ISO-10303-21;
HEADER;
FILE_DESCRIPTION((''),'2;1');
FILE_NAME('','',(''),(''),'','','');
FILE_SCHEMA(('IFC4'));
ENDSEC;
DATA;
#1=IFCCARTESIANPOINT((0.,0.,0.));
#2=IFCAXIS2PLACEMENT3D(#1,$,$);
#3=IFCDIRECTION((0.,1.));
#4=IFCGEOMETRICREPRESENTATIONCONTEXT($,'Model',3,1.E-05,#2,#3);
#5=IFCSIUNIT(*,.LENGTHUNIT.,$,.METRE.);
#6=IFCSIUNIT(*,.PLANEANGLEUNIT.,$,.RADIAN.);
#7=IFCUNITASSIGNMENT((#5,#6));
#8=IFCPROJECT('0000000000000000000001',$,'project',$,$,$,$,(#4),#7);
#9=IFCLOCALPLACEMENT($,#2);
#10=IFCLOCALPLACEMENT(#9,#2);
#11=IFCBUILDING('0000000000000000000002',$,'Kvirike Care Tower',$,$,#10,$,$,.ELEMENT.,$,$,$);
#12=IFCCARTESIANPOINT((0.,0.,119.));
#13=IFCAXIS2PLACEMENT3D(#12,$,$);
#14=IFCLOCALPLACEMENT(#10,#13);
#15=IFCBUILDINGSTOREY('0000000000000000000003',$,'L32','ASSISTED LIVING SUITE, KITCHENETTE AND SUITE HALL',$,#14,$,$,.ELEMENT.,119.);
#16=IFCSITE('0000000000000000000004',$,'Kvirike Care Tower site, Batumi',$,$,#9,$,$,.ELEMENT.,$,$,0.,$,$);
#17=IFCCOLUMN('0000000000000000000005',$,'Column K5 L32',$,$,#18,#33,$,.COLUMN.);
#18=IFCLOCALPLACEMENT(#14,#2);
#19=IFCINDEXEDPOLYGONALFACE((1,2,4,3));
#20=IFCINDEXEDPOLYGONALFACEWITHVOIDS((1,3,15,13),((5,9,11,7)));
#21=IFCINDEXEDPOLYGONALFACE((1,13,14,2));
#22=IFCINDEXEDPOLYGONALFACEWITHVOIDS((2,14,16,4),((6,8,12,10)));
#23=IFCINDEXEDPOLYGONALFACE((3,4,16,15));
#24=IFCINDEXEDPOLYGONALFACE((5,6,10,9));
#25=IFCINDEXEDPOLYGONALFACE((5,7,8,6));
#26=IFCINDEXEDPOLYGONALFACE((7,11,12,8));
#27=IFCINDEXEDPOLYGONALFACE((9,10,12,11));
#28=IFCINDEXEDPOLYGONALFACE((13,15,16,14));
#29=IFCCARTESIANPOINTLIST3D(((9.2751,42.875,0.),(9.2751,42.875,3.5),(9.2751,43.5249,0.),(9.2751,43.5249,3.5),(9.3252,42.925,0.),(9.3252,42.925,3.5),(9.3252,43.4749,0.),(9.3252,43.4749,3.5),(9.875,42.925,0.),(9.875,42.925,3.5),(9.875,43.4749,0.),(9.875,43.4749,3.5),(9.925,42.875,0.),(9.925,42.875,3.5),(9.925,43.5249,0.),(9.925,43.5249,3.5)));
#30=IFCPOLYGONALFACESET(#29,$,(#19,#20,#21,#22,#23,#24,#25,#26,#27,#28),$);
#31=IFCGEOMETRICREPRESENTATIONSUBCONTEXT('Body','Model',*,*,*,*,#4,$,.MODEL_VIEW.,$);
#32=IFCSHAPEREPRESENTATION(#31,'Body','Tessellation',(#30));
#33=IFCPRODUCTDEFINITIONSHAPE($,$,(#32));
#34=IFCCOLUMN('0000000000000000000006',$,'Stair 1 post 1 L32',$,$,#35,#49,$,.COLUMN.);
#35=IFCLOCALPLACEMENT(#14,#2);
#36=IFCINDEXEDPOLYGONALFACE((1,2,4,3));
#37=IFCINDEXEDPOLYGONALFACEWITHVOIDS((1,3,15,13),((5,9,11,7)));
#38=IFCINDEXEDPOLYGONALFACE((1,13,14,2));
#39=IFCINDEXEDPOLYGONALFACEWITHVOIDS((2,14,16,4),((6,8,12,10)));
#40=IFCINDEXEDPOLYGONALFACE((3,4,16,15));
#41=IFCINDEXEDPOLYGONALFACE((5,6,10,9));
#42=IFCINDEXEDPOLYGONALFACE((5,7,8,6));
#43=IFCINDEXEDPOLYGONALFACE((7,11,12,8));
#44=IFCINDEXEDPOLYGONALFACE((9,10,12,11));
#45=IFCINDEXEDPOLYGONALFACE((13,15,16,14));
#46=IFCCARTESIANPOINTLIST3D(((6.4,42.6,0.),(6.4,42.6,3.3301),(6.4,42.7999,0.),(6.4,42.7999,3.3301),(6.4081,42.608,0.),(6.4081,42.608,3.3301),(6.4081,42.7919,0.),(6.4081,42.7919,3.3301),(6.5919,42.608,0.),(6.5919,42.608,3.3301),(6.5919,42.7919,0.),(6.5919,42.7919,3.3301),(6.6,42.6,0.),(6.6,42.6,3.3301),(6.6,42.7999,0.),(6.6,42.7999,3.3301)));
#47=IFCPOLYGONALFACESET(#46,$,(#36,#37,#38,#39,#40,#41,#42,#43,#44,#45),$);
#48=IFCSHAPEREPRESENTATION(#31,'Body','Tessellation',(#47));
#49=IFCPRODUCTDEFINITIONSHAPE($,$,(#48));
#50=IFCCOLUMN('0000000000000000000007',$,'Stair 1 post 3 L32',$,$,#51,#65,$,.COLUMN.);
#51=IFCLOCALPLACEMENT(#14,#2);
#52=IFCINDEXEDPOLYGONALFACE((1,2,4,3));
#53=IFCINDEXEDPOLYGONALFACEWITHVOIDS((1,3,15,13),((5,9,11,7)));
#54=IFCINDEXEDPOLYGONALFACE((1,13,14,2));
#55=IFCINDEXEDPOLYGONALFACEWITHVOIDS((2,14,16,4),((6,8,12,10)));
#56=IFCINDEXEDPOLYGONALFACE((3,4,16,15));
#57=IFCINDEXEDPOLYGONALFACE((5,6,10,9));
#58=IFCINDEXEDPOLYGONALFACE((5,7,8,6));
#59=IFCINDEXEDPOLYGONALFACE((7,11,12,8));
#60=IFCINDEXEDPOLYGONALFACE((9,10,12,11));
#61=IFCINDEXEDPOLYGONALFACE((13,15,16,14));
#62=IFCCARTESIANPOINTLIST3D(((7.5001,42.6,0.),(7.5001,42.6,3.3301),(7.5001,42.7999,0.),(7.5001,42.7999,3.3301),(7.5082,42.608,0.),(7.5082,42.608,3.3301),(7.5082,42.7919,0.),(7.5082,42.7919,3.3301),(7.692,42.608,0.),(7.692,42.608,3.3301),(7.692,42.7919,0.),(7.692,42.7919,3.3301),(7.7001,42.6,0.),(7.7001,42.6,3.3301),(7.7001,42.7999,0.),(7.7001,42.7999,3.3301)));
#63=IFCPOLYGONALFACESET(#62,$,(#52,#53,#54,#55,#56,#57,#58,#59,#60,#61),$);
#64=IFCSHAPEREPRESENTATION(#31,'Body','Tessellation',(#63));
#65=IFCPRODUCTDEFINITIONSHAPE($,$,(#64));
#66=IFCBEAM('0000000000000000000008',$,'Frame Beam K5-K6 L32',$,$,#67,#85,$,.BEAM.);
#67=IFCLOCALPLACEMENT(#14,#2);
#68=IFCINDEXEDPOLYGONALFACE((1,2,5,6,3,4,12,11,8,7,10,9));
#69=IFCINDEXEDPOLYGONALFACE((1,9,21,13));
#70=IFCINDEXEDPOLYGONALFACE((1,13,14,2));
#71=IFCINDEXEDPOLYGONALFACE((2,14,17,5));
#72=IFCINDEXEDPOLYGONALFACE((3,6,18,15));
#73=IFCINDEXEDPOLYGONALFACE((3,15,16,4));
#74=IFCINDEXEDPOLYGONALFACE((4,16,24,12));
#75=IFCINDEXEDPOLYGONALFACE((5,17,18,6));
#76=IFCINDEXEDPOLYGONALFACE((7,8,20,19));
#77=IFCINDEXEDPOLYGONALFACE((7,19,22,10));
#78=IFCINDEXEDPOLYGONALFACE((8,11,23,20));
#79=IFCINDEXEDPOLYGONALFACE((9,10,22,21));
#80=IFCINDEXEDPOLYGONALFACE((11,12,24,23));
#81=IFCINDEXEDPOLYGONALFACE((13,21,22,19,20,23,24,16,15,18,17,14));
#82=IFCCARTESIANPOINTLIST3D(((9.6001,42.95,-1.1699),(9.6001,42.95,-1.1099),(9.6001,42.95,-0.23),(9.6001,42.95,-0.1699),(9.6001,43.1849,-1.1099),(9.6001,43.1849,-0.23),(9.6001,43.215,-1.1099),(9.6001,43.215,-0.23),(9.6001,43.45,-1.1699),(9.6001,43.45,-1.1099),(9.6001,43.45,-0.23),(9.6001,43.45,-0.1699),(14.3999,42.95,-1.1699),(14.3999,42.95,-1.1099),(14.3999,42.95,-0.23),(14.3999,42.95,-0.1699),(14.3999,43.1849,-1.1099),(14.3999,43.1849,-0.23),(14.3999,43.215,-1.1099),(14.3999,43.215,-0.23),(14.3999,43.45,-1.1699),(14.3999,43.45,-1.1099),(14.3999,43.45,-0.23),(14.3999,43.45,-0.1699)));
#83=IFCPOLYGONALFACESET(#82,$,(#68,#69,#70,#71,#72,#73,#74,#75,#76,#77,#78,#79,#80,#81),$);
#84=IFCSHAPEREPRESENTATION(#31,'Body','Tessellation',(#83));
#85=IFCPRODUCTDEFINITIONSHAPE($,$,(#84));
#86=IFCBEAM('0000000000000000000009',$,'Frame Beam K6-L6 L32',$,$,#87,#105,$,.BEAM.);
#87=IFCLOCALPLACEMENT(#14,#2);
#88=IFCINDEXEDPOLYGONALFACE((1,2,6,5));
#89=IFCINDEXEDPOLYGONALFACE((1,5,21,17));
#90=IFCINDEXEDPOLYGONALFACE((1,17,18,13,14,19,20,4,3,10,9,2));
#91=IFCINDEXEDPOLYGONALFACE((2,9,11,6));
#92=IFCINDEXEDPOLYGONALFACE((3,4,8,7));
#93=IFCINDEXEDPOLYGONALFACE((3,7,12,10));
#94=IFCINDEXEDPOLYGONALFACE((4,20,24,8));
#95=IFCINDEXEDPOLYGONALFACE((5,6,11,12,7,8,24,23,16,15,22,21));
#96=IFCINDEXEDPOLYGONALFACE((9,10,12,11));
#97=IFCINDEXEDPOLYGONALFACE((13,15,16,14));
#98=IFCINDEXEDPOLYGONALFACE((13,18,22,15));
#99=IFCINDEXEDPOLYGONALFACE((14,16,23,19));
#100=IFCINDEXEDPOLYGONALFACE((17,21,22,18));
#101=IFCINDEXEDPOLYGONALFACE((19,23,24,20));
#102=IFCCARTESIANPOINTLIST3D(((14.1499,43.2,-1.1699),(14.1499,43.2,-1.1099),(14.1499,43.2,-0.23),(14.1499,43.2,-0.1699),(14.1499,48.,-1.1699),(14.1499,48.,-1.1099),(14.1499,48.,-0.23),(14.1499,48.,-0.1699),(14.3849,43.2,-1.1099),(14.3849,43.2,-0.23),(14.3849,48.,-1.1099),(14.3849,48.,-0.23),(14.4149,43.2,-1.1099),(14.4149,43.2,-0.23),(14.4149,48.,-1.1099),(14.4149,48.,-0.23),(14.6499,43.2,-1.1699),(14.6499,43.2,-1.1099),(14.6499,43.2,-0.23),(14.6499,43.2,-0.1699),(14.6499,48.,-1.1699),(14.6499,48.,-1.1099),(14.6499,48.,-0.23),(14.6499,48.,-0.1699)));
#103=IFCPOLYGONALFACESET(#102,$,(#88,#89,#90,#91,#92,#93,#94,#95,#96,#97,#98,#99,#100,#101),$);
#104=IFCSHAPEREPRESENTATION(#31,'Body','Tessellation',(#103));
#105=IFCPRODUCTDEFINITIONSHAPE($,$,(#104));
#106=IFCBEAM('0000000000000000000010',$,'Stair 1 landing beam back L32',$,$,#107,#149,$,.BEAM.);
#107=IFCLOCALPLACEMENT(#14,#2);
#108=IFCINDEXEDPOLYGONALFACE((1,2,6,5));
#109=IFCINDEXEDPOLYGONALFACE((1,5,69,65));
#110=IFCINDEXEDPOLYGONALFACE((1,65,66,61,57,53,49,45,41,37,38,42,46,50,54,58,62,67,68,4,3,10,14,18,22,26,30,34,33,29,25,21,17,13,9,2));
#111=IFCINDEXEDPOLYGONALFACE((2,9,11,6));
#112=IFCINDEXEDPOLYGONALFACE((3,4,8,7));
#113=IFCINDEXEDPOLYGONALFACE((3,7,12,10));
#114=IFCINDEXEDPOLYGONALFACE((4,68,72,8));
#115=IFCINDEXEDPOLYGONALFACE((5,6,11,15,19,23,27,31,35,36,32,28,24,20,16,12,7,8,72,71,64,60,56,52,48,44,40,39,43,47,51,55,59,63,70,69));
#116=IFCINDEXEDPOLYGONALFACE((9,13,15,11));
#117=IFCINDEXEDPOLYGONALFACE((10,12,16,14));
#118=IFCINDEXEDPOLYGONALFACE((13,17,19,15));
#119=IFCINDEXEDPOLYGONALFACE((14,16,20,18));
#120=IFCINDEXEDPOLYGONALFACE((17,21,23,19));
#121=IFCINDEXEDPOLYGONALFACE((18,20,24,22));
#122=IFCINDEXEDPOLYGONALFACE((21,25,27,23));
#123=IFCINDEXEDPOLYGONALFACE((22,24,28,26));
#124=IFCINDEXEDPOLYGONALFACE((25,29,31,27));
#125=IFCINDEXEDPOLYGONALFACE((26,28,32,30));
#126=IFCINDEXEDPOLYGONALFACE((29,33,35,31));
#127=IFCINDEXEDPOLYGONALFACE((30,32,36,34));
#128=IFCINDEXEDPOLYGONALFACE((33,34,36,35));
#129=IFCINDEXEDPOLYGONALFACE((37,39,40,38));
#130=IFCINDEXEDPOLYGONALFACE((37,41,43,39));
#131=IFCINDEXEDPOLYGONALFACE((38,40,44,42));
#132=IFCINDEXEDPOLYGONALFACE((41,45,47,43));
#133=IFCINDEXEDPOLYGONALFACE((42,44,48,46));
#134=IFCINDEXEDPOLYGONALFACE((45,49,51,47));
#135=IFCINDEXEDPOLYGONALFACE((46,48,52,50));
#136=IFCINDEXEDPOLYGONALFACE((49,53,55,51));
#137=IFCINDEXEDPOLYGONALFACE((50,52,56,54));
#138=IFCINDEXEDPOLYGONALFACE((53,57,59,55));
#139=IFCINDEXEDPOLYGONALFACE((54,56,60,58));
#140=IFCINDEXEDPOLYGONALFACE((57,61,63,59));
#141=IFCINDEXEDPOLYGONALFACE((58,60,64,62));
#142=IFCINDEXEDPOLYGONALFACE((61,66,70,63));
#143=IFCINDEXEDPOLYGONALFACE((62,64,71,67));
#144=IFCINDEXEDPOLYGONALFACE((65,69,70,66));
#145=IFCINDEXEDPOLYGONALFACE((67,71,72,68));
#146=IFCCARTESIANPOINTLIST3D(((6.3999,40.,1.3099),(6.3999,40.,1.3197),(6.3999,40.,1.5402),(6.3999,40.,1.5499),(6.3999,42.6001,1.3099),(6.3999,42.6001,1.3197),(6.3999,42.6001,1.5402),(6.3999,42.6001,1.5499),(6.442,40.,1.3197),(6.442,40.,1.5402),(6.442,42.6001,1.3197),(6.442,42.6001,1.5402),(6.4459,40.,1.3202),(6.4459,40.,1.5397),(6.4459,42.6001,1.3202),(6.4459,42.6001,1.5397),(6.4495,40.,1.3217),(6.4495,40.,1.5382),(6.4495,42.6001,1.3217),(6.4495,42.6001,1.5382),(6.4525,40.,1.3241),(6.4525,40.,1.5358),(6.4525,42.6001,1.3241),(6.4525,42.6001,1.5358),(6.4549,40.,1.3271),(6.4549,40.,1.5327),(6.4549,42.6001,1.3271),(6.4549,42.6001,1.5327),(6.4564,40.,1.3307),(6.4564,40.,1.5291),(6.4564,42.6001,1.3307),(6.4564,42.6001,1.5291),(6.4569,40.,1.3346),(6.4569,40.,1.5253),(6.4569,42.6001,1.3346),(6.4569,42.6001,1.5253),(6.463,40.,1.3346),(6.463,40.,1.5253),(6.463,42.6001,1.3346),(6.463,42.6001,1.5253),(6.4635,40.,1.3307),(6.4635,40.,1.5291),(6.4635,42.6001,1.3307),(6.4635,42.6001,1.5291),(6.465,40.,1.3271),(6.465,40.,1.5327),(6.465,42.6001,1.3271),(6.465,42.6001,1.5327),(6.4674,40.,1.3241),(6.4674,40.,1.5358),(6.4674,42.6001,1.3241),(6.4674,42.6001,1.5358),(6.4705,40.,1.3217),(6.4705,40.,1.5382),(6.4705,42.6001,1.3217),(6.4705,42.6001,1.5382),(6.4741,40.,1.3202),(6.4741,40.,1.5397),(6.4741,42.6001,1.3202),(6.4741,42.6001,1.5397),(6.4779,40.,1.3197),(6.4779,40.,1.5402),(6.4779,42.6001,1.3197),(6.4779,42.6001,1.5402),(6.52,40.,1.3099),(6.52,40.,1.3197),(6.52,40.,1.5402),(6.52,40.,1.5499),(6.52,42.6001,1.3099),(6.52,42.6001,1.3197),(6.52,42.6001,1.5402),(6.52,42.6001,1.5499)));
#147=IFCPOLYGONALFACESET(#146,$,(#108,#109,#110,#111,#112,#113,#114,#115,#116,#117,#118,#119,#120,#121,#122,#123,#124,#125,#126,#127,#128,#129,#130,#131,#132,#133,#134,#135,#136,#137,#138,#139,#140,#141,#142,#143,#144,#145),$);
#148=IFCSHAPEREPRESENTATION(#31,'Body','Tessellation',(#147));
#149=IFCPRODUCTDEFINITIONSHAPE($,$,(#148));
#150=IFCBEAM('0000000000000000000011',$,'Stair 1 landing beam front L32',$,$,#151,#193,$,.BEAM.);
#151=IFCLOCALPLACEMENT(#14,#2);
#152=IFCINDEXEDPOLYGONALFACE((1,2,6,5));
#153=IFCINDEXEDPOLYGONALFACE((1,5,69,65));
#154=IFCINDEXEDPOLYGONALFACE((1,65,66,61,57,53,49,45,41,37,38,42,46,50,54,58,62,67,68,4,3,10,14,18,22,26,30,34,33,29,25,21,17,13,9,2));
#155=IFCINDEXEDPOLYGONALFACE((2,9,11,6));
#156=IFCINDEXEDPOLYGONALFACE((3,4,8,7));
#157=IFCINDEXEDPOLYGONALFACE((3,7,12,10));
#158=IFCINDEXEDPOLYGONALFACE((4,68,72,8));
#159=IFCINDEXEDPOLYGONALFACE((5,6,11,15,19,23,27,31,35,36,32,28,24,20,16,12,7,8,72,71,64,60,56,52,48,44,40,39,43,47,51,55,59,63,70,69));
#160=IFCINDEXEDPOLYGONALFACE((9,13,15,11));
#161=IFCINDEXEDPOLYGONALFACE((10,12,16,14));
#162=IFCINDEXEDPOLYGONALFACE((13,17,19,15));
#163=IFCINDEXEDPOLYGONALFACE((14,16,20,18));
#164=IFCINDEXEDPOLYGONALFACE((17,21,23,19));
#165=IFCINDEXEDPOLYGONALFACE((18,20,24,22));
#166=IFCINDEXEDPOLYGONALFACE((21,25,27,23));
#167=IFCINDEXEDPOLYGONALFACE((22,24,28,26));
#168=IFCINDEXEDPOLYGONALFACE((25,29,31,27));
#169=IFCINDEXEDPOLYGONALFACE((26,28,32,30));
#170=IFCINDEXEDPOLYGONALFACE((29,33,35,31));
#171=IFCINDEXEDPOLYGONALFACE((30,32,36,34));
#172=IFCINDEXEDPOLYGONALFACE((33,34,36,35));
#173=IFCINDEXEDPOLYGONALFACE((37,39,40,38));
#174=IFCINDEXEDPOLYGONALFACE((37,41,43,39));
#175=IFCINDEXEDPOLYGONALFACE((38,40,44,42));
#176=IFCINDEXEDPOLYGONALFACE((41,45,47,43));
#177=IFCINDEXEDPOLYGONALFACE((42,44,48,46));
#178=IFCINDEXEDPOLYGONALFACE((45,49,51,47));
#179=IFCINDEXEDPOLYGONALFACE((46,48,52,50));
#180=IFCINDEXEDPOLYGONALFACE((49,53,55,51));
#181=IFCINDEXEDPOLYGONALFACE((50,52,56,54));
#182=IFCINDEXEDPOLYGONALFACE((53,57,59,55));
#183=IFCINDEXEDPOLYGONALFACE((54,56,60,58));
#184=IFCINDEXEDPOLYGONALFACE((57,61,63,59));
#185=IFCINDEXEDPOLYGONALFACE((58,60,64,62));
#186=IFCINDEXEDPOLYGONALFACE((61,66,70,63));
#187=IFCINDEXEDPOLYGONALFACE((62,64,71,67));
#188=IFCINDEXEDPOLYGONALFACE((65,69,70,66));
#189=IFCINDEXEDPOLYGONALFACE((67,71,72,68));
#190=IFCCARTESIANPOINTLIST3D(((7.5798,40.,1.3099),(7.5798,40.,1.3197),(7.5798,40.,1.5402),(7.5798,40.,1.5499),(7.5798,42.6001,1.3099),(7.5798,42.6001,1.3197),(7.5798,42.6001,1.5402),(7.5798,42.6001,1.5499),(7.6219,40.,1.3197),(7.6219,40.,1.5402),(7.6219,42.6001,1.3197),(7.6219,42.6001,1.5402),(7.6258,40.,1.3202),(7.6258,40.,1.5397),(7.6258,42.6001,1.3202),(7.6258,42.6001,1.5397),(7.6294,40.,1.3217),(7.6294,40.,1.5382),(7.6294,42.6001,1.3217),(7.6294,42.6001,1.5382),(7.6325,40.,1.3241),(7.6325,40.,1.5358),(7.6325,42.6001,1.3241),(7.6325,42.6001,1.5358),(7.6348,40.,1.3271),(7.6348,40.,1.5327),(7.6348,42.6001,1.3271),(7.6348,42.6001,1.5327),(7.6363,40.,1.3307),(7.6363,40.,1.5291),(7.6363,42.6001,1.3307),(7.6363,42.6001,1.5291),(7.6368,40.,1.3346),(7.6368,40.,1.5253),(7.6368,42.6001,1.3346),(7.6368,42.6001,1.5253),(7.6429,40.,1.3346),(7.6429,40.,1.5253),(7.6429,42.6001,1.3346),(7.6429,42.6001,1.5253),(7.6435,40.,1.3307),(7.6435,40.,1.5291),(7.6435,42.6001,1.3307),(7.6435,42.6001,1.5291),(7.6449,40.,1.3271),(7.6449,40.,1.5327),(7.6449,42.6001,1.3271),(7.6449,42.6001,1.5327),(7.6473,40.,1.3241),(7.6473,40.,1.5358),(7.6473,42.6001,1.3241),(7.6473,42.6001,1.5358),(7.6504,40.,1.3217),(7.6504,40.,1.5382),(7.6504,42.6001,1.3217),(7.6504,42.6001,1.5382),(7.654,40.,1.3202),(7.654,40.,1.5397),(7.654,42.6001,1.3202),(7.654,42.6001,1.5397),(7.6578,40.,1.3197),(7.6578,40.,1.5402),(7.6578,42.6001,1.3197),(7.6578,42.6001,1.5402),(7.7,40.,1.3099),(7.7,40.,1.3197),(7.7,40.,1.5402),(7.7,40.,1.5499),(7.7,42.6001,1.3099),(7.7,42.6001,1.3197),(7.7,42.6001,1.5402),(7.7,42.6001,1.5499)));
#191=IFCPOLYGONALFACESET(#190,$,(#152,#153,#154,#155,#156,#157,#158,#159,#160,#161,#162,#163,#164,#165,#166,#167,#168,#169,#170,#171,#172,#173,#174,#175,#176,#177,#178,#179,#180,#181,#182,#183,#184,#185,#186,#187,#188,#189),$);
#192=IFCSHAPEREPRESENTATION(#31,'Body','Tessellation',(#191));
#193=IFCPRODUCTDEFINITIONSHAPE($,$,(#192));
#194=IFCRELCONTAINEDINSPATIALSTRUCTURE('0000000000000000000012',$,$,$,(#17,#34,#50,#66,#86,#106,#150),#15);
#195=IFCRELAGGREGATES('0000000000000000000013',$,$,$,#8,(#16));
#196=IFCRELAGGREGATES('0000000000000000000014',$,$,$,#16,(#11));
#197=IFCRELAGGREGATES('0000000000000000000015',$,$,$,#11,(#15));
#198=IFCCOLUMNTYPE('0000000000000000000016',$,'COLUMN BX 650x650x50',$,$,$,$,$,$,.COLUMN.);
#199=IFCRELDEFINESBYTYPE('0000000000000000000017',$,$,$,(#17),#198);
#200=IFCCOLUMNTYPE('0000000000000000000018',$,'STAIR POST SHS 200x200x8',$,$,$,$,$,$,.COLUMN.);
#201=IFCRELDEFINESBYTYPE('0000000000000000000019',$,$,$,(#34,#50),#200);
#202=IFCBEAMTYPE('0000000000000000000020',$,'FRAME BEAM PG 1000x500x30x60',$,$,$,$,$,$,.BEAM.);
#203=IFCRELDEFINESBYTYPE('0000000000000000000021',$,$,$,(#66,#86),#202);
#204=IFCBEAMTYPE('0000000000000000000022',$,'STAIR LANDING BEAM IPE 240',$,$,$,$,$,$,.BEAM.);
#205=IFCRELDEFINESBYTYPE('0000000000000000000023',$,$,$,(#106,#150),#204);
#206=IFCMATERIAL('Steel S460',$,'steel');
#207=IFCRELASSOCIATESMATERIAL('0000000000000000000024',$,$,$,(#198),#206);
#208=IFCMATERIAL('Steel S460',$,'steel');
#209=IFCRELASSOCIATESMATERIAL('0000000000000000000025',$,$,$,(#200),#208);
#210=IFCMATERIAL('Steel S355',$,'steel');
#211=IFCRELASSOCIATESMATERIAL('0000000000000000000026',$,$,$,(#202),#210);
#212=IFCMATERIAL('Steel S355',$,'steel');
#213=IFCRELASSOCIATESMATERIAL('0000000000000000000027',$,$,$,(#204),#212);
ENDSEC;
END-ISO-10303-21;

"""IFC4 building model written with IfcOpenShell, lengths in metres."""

from ifc_helpers import new_model, si_unit, direction, frame, origin, origin_2d, place, context, subcontext, project, spatial, hollow_rectangle, i_section, extrude, material, material_profile, profile_set, type_object, element, save


model = new_model("IFC4")

# Units and contexts
model_context = context("Model", 3, precision=1e-05, world=origin(), true_north=direction((0.0, 1.0)))
body_context = subcontext(model_context, "Body", "Model", "MODEL_VIEW")
ifc_project = project(units=[si_unit("LENGTHUNIT", "METRE"), si_unit("PLANEANGLEUNIT", "RADIAN")], contexts=[model_context])

# Site, building, storey
site_placement = place(None, origin())
site = spatial("IfcSite", under=ifc_project, at=site_placement, Name="Kvirike Care Tower site, Batumi", CompositionType="ELEMENT", RefElevation=0.0)
building_placement = place(site_placement, origin())
building = spatial("IfcBuilding", under=site, at=building_placement, Name="Kvirike Care Tower", CompositionType="ELEMENT")
storey_placement = place(building_placement, frame((0.0, 0.0, 119.0)))
storey = spatial("IfcBuildingStorey", under=building, at=storey_placement, Name="L32", Description="ASSISTED LIVING SUITE, KITCHENETTE AND SUITE HALL", CompositionType="ELEMENT", Elevation=119.0)

# Columns
ifc_material_1 = material(Name="Steel S460", Category="steel")
ifc_material_profile_1 = material_profile(ifc_material_1, hollow_rectangle(XDim=0.6499, YDim=0.6499, WallThickness=0.05, at=origin_2d()), Name="BX 650x650x50")
ifc_profile_set_1 = profile_set([ifc_material_profile_1], Name="Steel S460")
column_type_1 = type_object("IfcColumnType", Name="COLUMN BX 650x650x50", PredefinedType="COLUMN", material=ifc_profile_set_1)
column_placement = place(storey_placement, frame((9.6001, 43.2, 0.0), z_axis=(0.0, 0.0, 1.0), x_axis=(0.0, 1.0, 0.0)))
element("IfcColumn", 1, at=column_placement, inside=storey, type_object=column_type_1, Name="Column K5 L32", PredefinedType="COLUMN", context=body_context, shape_type="SweptSolid", body=[
    extrude(hollow_rectangle(XDim=0.6499, YDim=0.6499, WallThickness=0.05, at=origin_2d()), origin(), (0.0, 0.0, 1.0), 3.5),
])
ifc_material_2 = material(Name="Steel S460", Category="steel")
ifc_material_profile_2 = material_profile(ifc_material_2, hollow_rectangle(XDim=0.2, YDim=0.2, WallThickness=0.0081, at=origin_2d()), Name="SHS 200x200x8")
ifc_profile_set_2 = profile_set([ifc_material_profile_2], Name="Steel S460")
column_type_2 = type_object("IfcColumnType", Name="STAIR POST SHS 200x200x8", PredefinedType="COLUMN", material=ifc_profile_set_2)
for number, where, z_axis, x_axis, name in (
    (2, (6.5, 42.7, 0.0), (0.0, 0.0, 1.0), (1.0, 0.0, 0.0), "Stair 1 post 1 L32"),
    (3, (7.6001, 42.7, 0.0), (0.0, 0.0, 1.0), (1.0, 0.0, 0.0), "Stair 1 post 3 L32"),
):
    element("IfcColumn", number, at=place(storey_placement, frame(where, z_axis=z_axis, x_axis=x_axis)), inside=storey, type_object=column_type_2, Name=name, PredefinedType="COLUMN", context=body_context, shape_type="SweptSolid", body=[
        extrude(hollow_rectangle(XDim=0.2, YDim=0.2, WallThickness=0.0081, at=origin_2d()), origin(), (0.0, 0.0, 1.0), 3.3301),
    ])

# Beams
ifc_material_3 = material(Name="Steel S355", Category="steel")
ifc_material_profile_3 = material_profile(ifc_material_3, i_section(OverallWidth=0.5, OverallDepth=1.0, WebThickness=0.03, FlangeThickness=0.0601, at=origin_2d()), Name="PG 1000x500x30x60")
ifc_profile_set_3 = profile_set([ifc_material_profile_3], Name="Steel S355")
beam_type_1 = type_object("IfcBeamType", Name="FRAME BEAM PG 1000x500x30x60", PredefinedType="BEAM", material=ifc_profile_set_3)
beam_1_placement = place(storey_placement, frame((9.6001, 43.2, -0.6699), z_axis=(1.0, 0.0, 0.0), x_axis=(0.0, 1.0, 0.0)))
element("IfcBeam", 4, at=beam_1_placement, inside=storey, type_object=beam_type_1, Name="Frame Beam K5-K6 L32", PredefinedType="BEAM", context=body_context, shape_type="SweptSolid", body=[
    extrude(i_section(OverallWidth=0.5, OverallDepth=1.0, WebThickness=0.03, FlangeThickness=0.0601, at=origin_2d()), origin(), (0.0, 0.0, 1.0), 4.7998),
])
beam_2_placement = place(storey_placement, frame((14.3999, 43.2, -0.6699), z_axis=(0.0, 1.0, 0.0), x_axis=(-1.0, 0.0, 0.0)))
element("IfcBeam", 5, at=beam_2_placement, inside=storey, type_object=beam_type_1, Name="Frame Beam K6-L6 L32", PredefinedType="BEAM", context=body_context, shape_type="SweptSolid", body=[
    extrude(i_section(OverallWidth=0.5, OverallDepth=1.0, WebThickness=0.03, FlangeThickness=0.0601, at=origin_2d()), origin(), (0.0, 0.0, 1.0), 4.8),
])
ifc_material_4 = material(Name="Steel S355", Category="steel")
ifc_material_profile_4 = material_profile(ifc_material_4, i_section(OverallWidth=0.1201, OverallDepth=0.24, WebThickness=0.0061, FlangeThickness=0.0098, FilletRadius=0.0149, at=origin_2d()), Name="IPE 240")
ifc_profile_set_4 = profile_set([ifc_material_profile_4], Name="Steel S355")
beam_type_2 = type_object("IfcBeamType", Name="STAIR LANDING BEAM IPE 240", PredefinedType="BEAM", material=ifc_profile_set_4)
for number, where, z_axis, x_axis, name in (
    (6, (6.46, 42.6001, 1.4299), (0.0, -1.0, 0.0), (1.0, 0.0, 0.0), "Stair 1 landing beam back L32"),
    (7, (7.6399, 42.6001, 1.4299), (0.0, -1.0, 0.0), (1.0, 0.0, 0.0), "Stair 1 landing beam front L32"),
):
    element("IfcBeam", number, at=place(storey_placement, frame(where, z_axis=z_axis, x_axis=x_axis)), inside=storey, type_object=beam_type_2, Name=name, PredefinedType="BEAM", context=body_context, shape_type="SweptSolid", body=[
        extrude(i_section(OverallWidth=0.1201, OverallDepth=0.24, WebThickness=0.0061, FlangeThickness=0.0098, FilletRadius=0.0149, at=origin_2d()), origin(), (0.0, 0.0, 1.0), 2.6001),
    ])

save(model, "model.ifc")
